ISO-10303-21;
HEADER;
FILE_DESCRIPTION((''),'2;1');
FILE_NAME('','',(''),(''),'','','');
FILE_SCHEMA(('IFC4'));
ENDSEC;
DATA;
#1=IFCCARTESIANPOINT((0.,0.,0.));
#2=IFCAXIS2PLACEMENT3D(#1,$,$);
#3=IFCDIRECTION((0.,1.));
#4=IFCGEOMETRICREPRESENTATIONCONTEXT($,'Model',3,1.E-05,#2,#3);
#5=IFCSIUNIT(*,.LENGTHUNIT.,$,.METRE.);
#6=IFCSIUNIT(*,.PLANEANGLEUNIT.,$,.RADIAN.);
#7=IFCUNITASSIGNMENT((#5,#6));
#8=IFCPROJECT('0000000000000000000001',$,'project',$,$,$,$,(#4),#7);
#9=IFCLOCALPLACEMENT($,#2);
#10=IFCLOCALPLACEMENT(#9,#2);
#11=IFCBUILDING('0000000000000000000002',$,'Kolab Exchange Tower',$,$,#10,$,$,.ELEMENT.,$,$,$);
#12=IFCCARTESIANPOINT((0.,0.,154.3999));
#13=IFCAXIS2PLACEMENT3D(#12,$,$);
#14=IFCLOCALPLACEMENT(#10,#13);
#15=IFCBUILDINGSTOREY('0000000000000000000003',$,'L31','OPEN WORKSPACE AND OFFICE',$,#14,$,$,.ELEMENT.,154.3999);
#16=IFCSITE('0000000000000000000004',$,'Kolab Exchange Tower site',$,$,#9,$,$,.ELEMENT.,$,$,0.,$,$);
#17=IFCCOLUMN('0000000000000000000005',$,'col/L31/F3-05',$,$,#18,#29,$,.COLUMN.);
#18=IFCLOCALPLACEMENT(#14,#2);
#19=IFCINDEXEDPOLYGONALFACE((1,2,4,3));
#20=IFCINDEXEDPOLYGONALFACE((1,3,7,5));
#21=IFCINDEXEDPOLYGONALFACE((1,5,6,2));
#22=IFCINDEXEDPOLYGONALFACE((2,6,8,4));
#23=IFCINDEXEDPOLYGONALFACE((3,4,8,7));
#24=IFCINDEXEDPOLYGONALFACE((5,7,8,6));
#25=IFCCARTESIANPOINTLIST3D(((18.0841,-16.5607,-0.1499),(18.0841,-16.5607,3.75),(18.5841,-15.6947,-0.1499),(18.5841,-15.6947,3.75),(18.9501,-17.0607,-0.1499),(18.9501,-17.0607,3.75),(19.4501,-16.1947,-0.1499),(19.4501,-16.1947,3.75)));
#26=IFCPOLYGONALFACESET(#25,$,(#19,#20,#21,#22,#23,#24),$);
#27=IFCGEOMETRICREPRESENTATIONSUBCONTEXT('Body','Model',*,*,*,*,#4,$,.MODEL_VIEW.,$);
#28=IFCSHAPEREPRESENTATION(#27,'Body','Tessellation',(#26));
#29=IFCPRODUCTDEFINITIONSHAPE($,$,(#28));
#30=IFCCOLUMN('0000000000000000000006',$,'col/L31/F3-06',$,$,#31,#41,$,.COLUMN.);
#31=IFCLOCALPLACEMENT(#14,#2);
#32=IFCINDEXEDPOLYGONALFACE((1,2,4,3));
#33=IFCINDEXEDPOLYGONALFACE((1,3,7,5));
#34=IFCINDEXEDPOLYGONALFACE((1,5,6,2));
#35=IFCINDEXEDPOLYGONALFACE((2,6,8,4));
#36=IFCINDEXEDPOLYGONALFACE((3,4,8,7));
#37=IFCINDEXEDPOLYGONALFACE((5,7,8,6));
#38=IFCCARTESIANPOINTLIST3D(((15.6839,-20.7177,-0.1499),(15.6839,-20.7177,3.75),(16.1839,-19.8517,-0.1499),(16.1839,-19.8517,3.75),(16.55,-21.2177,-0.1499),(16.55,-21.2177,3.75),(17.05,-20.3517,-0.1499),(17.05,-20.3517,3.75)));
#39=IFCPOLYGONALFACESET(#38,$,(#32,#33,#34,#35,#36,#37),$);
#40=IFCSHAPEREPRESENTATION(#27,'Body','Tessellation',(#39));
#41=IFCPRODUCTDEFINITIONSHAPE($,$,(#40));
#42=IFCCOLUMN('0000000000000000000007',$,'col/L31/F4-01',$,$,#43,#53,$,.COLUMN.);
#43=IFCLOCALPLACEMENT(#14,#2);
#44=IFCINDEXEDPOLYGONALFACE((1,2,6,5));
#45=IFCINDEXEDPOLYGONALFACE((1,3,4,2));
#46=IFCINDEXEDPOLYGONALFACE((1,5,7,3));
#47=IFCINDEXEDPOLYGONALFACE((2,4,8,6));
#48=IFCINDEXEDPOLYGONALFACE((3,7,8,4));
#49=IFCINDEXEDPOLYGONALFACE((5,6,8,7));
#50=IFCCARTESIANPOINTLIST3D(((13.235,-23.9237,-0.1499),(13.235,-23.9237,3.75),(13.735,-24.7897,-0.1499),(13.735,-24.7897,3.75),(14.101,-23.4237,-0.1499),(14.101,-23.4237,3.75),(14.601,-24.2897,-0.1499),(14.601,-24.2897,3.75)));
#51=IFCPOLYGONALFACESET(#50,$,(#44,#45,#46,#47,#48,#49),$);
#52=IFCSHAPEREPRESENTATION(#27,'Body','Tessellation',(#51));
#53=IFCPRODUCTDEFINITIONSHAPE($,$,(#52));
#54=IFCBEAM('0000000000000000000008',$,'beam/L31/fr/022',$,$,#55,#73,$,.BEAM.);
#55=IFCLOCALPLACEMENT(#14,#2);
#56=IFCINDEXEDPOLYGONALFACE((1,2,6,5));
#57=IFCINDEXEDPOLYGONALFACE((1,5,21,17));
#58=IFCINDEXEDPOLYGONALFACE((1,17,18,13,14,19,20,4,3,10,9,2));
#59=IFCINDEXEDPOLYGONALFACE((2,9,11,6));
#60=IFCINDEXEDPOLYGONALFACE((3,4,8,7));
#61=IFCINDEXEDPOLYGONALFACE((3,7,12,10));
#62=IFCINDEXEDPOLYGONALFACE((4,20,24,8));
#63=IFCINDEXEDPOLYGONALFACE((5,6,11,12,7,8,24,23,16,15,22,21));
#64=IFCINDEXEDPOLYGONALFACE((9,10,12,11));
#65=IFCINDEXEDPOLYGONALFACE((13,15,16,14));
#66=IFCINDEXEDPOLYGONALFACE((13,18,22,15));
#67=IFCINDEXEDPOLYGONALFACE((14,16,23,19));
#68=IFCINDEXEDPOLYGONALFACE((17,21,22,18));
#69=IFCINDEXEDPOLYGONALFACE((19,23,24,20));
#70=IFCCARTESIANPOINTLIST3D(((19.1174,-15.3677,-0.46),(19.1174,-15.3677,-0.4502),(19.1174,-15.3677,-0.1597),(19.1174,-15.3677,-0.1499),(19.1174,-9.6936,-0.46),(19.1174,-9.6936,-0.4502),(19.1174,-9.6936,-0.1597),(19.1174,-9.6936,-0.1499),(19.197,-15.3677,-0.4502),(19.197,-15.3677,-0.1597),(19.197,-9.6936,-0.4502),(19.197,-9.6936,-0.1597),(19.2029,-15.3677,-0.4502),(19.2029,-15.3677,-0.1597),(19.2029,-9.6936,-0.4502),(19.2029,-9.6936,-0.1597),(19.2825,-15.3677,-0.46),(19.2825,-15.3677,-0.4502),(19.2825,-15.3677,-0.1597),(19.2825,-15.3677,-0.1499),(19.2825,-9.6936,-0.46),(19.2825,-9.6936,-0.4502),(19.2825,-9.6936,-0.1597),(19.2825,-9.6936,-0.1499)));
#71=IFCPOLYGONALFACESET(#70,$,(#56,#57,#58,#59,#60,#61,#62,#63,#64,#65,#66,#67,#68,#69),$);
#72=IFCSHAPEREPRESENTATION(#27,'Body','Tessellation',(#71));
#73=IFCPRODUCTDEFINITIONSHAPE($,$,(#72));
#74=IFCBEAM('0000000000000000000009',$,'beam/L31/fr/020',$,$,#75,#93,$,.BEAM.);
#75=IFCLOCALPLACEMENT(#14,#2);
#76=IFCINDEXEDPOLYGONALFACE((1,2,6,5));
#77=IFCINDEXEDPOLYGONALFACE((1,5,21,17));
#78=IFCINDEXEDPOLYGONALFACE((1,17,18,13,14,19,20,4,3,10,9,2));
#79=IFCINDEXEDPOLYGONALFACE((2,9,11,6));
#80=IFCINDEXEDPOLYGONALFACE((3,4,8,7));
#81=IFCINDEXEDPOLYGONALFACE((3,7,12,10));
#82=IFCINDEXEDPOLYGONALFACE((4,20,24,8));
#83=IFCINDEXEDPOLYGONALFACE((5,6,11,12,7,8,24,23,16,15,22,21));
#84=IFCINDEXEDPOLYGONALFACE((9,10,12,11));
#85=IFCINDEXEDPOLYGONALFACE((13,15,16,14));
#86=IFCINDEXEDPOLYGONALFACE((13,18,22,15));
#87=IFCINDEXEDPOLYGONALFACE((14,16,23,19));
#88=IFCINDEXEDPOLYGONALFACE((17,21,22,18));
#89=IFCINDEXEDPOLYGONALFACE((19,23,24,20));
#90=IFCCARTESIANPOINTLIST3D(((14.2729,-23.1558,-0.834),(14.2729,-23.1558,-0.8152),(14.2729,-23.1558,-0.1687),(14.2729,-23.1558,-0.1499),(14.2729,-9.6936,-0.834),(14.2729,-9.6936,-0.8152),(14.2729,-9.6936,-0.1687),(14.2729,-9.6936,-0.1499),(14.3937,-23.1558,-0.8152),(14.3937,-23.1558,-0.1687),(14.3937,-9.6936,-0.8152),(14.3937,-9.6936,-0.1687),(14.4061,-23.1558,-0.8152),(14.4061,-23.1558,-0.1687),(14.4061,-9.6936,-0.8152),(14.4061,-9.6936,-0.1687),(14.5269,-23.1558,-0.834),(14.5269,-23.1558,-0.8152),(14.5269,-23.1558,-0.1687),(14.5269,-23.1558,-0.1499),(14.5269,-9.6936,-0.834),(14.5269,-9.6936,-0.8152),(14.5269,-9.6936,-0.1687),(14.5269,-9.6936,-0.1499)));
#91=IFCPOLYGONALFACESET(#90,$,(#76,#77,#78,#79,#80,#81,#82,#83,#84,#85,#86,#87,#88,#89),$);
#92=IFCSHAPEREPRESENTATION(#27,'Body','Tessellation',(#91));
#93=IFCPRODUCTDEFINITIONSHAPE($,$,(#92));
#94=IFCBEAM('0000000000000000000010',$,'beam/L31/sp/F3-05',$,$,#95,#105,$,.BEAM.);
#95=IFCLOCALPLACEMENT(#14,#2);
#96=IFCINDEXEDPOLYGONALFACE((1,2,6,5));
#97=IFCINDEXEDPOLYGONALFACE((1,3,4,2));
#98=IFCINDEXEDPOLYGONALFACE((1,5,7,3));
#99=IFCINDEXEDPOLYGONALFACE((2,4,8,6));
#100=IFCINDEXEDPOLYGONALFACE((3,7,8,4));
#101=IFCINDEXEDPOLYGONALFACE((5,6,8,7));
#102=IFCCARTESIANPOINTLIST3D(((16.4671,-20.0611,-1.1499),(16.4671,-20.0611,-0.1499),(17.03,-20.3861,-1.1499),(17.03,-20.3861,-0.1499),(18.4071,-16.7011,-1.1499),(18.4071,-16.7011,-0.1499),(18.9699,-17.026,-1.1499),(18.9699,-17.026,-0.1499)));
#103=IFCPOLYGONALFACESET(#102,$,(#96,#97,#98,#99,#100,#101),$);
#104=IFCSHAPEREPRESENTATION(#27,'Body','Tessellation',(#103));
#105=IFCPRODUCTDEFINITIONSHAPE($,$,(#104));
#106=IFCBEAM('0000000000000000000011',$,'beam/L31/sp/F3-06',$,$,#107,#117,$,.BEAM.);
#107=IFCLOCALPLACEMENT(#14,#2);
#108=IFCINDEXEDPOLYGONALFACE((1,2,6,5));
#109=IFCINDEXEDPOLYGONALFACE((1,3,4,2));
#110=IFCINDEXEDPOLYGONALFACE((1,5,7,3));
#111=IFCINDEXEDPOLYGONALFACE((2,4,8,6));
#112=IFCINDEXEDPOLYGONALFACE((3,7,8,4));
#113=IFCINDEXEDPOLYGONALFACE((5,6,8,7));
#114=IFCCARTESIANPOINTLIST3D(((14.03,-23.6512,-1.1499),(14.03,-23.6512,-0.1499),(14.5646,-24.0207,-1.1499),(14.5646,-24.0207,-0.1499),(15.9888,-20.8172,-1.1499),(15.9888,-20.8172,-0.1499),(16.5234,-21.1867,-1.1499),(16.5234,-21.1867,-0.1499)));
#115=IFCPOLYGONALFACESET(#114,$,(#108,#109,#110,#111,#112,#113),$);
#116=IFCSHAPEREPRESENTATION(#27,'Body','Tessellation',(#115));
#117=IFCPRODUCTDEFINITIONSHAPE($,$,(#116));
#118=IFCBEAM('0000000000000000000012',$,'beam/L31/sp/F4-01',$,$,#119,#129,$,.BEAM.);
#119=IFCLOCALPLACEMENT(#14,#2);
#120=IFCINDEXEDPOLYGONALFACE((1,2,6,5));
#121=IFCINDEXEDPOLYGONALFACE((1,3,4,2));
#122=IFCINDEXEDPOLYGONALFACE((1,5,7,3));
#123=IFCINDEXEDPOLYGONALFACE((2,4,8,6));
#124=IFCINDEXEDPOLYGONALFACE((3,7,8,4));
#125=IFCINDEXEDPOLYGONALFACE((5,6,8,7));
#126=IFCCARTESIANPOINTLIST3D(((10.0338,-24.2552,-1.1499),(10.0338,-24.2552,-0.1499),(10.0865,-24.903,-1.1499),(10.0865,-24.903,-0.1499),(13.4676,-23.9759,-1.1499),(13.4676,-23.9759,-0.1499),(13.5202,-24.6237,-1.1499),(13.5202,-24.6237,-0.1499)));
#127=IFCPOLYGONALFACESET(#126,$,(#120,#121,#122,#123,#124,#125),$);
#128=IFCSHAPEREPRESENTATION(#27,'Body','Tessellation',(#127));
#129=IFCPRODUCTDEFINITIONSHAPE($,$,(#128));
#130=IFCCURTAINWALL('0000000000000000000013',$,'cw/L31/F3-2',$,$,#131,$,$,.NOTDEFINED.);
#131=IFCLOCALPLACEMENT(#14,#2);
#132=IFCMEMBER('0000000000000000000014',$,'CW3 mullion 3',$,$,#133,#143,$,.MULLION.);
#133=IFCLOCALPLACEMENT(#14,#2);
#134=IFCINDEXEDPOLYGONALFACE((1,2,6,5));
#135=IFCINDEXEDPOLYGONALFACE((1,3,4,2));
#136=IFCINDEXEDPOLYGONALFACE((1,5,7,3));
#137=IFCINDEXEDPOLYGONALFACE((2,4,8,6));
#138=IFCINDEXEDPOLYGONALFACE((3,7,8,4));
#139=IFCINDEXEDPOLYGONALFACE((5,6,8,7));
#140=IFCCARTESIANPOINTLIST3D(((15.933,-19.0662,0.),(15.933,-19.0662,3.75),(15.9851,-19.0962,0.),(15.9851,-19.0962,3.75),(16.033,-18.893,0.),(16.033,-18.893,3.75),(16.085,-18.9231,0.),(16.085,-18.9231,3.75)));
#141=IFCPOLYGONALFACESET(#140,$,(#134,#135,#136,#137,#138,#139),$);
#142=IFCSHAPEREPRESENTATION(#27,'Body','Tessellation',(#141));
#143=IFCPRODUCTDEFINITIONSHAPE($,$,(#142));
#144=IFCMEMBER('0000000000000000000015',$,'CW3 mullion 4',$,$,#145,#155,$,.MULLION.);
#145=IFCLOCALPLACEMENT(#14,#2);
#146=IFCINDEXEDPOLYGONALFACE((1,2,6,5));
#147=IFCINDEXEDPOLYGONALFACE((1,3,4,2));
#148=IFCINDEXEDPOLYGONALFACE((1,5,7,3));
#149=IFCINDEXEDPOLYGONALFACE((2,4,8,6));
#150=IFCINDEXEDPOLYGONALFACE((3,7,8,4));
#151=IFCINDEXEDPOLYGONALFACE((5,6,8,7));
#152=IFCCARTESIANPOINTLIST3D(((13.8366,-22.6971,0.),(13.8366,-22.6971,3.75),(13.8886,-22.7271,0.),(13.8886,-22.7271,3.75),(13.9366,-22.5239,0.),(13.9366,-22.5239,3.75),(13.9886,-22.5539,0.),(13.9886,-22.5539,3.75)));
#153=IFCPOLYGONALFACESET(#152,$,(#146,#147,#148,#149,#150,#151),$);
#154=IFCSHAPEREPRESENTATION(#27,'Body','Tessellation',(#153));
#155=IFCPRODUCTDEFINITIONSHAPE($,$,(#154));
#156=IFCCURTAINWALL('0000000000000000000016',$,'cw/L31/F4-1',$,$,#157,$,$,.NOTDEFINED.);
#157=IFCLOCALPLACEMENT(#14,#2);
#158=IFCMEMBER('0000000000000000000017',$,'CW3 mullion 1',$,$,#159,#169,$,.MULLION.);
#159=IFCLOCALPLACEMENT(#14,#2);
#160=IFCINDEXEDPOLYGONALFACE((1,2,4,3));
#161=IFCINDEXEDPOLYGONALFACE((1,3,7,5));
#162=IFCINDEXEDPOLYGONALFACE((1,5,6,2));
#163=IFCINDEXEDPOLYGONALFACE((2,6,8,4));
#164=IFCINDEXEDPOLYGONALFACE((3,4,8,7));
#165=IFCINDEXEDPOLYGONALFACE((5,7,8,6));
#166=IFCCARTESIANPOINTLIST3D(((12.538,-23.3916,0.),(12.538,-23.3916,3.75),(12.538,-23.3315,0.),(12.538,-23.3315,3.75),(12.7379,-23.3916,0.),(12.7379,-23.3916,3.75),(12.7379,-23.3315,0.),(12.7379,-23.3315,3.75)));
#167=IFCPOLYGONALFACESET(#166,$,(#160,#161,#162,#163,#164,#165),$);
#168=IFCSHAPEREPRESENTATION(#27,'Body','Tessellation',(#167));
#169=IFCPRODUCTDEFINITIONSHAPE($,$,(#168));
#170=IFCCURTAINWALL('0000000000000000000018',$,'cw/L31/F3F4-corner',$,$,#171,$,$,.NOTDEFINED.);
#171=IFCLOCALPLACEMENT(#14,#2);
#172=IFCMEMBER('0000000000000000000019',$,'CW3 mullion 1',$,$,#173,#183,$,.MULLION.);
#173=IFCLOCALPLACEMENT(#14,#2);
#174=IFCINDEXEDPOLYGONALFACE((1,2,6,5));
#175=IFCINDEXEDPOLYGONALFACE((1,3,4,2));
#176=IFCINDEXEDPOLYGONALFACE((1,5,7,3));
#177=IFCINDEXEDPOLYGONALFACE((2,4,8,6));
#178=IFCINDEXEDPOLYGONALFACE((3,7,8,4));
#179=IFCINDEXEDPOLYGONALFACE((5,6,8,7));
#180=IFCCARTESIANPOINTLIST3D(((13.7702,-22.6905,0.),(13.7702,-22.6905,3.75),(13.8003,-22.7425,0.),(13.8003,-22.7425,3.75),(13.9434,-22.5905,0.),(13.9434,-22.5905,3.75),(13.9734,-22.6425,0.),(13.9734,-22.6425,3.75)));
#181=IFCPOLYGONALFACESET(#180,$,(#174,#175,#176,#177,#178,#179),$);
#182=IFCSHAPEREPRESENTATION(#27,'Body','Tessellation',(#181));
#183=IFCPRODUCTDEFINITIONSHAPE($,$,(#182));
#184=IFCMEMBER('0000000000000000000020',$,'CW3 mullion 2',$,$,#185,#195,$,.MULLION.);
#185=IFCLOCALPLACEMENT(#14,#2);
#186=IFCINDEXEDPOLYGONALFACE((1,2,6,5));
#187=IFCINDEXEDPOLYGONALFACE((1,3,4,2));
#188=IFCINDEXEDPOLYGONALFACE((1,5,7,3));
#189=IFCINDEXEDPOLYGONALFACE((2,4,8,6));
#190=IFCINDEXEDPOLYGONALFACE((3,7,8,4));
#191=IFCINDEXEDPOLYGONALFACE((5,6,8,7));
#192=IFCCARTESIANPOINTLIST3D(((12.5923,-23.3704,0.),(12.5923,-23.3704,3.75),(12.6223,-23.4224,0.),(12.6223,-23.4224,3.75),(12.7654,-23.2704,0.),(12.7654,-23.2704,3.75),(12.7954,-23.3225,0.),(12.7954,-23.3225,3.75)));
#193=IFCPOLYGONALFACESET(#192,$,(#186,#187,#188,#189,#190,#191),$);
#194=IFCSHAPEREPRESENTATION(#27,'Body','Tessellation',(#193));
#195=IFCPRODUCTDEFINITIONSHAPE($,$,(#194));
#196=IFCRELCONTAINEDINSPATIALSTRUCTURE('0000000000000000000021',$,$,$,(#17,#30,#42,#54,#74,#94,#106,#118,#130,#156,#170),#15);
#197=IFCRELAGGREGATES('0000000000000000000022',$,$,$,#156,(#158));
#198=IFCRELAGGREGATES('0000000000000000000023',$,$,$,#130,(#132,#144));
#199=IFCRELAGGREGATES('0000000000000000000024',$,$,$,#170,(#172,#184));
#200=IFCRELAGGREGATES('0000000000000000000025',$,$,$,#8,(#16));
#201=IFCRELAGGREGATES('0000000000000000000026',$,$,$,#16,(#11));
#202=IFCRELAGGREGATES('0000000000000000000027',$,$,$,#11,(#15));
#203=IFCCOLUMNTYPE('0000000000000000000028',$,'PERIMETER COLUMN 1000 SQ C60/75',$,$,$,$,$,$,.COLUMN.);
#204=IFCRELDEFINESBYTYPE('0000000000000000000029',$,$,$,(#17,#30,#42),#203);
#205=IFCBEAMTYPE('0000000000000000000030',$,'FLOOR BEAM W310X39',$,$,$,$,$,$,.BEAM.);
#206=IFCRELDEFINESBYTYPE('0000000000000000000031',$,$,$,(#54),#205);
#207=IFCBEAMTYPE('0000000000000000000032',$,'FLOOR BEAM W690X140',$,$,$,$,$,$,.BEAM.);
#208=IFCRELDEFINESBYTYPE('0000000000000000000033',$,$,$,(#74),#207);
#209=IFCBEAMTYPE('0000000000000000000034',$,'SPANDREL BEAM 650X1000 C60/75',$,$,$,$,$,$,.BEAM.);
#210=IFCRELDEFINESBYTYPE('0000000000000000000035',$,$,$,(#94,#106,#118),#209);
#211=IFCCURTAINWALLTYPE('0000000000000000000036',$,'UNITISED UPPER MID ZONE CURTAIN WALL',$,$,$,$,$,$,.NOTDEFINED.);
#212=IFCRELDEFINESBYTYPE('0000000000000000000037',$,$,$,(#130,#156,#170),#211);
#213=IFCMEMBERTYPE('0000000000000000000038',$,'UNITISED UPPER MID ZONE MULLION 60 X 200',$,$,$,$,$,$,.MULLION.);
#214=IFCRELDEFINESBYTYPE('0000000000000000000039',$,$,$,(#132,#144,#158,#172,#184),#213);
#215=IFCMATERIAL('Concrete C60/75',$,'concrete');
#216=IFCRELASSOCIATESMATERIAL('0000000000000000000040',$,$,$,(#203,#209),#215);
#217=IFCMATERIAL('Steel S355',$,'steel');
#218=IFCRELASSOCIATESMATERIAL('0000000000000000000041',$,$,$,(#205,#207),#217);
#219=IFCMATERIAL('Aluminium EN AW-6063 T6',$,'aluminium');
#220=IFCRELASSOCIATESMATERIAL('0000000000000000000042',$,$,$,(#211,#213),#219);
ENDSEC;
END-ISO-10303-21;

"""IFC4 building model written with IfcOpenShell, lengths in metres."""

from ifc_helpers import new_model, si_unit, direction, frame, origin, origin_2d, place, context, subcontext, project, spatial, rectangle, i_section, extrude, material, material_profile, profile_set, type_object, element, aggregate, save


model = new_model("IFC4")

# Units and contexts
model_context = context("Model", 3, precision=1e-05, world=origin(), true_north=direction((0.0, 1.0)))
body_context = subcontext(model_context, "Body", "Model", "MODEL_VIEW")
ifc_project = project(units=[si_unit("LENGTHUNIT", "METRE"), si_unit("PLANEANGLEUNIT", "RADIAN")], contexts=[model_context])

# Site, building, storey
site_placement = place(None, origin())
site = spatial("IfcSite", under=ifc_project, at=site_placement, Name="Kolab Exchange Tower site", CompositionType="ELEMENT", RefElevation=0.0)
building_placement = place(site_placement, origin())
building = spatial("IfcBuilding", under=site, at=building_placement, Name="Kolab Exchange Tower", CompositionType="ELEMENT")
storey_placement = place(building_placement, frame((0.0, 0.0, 154.3999)))
storey = spatial("IfcBuildingStorey", under=building, at=storey_placement, Name="L31", Description="OPEN WORKSPACE AND OFFICE", CompositionType="ELEMENT", Elevation=154.3999)

# Columns
ifc_material_1 = material(Name="Concrete C60/75", Category="concrete")
ifc_material_profile_1 = material_profile(ifc_material_1, rectangle(XDim=1.0, YDim=1.0, at=origin_2d()), Name="RC1000")
ifc_profile_set_1 = profile_set([ifc_material_profile_1], Name="Concrete C60/75")
column_type = type_object("IfcColumnType", Name="PERIMETER COLUMN 1000 SQ C60/75", PredefinedType="COLUMN", material=ifc_profile_set_1)
for number, where, z_axis, x_axis, name in (
    (1, (18.7671, -16.3777, -0.1499), (0.0, 0.0, 1.0), (0.5, 0.866025, 0.0), "col/L31/F3-05"),
    (2, (16.3669, -20.5347, -0.1499), (0.0, 0.0, 1.0), (0.5, 0.866025, 0.0), "col/L31/F3-06"),
    (3, (13.918, -24.1067, -0.1499), (0.0, 0.0, 1.0), (0.866025, 0.5, 0.0), "col/L31/F4-01"),
):
    element("IfcColumn", number, at=place(storey_placement, frame(where, z_axis=z_axis, x_axis=x_axis)), inside=storey, type_object=column_type, Name=name, PredefinedType="COLUMN", context=body_context, shape_type="SweptSolid", body=[
        extrude(rectangle(XDim=1.0, YDim=1.0, at=origin_2d()), origin(), (0.0, 0.0, 1.0), 3.8999),
    ])

# Beams
ifc_material_2 = material(Name="Steel S355", Category="steel")
ifc_material_profile_2 = material_profile(ifc_material_2, i_section(OverallWidth=0.165, OverallDepth=0.3101, WebThickness=0.0059, FlangeThickness=0.0098, at=origin_2d()), Name="W310X39")
ifc_profile_set_2 = profile_set([ifc_material_profile_2], Name="Steel S355")
beam_type_1 = type_object("IfcBeamType", Name="FLOOR BEAM W310X39", PredefinedType="BEAM", material=ifc_profile_set_2)
beam_1_placement = place(storey_placement, frame((19.2, -15.3677, -0.3049), z_axis=(0.0, 1.0, 0.0), x_axis=(-1.0, 0.0, 0.0)))
element("IfcBeam", 4, at=beam_1_placement, inside=storey, type_object=beam_type_1, Name="beam/L31/fr/022", PredefinedType="BEAM", context=body_context, shape_type="SweptSolid", body=[
    extrude(i_section(OverallWidth=0.165, OverallDepth=0.3101, WebThickness=0.0059, FlangeThickness=0.0098, at=origin_2d()), origin(), (0.0, 0.0, 1.0), 5.6741),
])
ifc_material_profile_3 = material_profile(ifc_material_2, i_section(OverallWidth=0.2539, OverallDepth=0.6841, WebThickness=0.0125, FlangeThickness=0.0188, at=origin_2d()), Name="W690X140")
ifc_profile_set_3 = profile_set([ifc_material_profile_3], Name="Steel S355")
beam_type_2 = type_object("IfcBeamType", Name="FLOOR BEAM W690X140", PredefinedType="BEAM", material=ifc_profile_set_3)
beam_2_placement = place(storey_placement, frame((14.3999, -23.1558, -0.4919), z_axis=(0.0, 1.0, 0.0), x_axis=(-1.0, 0.0, 0.0)))
element("IfcBeam", 5, at=beam_2_placement, inside=storey, type_object=beam_type_2, Name="beam/L31/fr/020", PredefinedType="BEAM", context=body_context, shape_type="SweptSolid", body=[
    extrude(i_section(OverallWidth=0.2539, OverallDepth=0.6841, WebThickness=0.0125, FlangeThickness=0.0188, at=origin_2d()), origin(), (0.0, 0.0, 1.0), 13.4622),
])
ifc_material_profile_4 = material_profile(ifc_material_1, rectangle(XDim=0.6499, YDim=1.0, at=origin_2d()), Name="RC650X1000")
ifc_profile_set_4 = profile_set([ifc_material_profile_4], Name="Concrete C60/75")
beam_type_3 = type_object("IfcBeamType", Name="SPANDREL BEAM 650X1000 C60/75", PredefinedType="BEAM", material=ifc_profile_set_4)
beam_3_placement = place(storey_placement, frame((18.6885, -16.8635, -0.6499), z_axis=(-0.499997, -0.866027, 0.0), x_axis=(0.866027, -0.499997, 0.0)))
element("IfcBeam", 6, at=beam_3_placement, inside=storey, type_object=beam_type_3, Name="beam/L31/sp/F3-05", PredefinedType="BEAM", context=body_context, shape_type="SweptSolid", body=[
    extrude(rectangle(XDim=0.6499, YDim=1.0, at=origin_2d()), origin(), (0.0, 0.0, 1.0), 3.8799),
])
for number, where, z_axis, x_axis, name in (
    (7, (16.2561, -21.002, -0.6499), (-0.568572, -0.822633, 0.0), (0.822633, -0.568572, 0.0), "beam/L31/sp/F3-06"),
    (8, (13.4939, -24.2998, -0.6499), (-0.996708, -0.081069, 0.0), (0.081069, -0.996708, 0.0), "beam/L31/sp/F4-01"),
):
    element("IfcBeam", number, at=place(storey_placement, frame(where, z_axis=z_axis, x_axis=x_axis)), inside=storey, type_object=beam_type_3, Name=name, PredefinedType="BEAM", context=body_context, shape_type="SweptSolid", body=[
        extrude(rectangle(XDim=0.6499, YDim=1.0, at=origin_2d()), origin(), (0.0, 0.0, 1.0), 3.4451),
    ])

# Curtain wall, members
ifc_material_3 = material(Name="Aluminium EN AW-6063 T6", Category="aluminium")
curtain_wall_type = type_object("IfcCurtainWallType", Name="UNITISED UPPER MID ZONE CURTAIN WALL", PredefinedType="NOTDEFINED", material=ifc_material_3)
curtain_wall_1_placement = place(storey_placement, origin())
curtain_wall_1 = element("IfcCurtainWall", 9, at=curtain_wall_1_placement, inside=storey, type_object=curtain_wall_type, Name="cw/L31/F3-2", PredefinedType="NOTDEFINED")
ifc_material_profile_5 = material_profile(ifc_material_3, rectangle(XDim=0.0601, YDim=0.2, at=origin_2d()), Name="RECT 60X200")
ifc_profile_set_5 = profile_set([ifc_material_profile_5], Name="Aluminium EN AW-6063 T6")
member_type_1 = type_object("IfcMemberType", Name="UNITISED UPPER MID ZONE MULLION 60 X 200", PredefinedType="MULLION", material=ifc_profile_set_5)
member_1_placement = place(storey_placement, frame((16.009, -18.9946, 0.0), z_axis=(0.0, 0.0, 1.0), x_axis=(0.866025, -0.5, 0.0)))
member_1 = element("IfcMember", 10, at=member_1_placement, type_object=member_type_1, Name="CW3 mullion 3", PredefinedType="MULLION", context=body_context, shape_type="SweptSolid", body=[
    extrude(rectangle(XDim=0.0601, YDim=0.2, at=origin_2d()), origin(), (0.0, 0.0, 1.0), 3.75),
])
member_2_placement = place(storey_placement, frame((13.9126, -22.6255, 0.0), z_axis=(0.0, 0.0, 1.0), x_axis=(0.866025, -0.5, 0.0)))
member_2 = element("IfcMember", 11, at=member_2_placement, type_object=member_type_1, Name="CW3 mullion 4", PredefinedType="MULLION", context=body_context, shape_type="SweptSolid", body=[
    extrude(rectangle(XDim=0.0601, YDim=0.2, at=origin_2d()), origin(), (0.0, 0.0, 1.0), 3.75),
])

# Curtain wall, member
curtain_wall_2_placement = place(storey_placement, origin())
curtain_wall_2 = element("IfcCurtainWall", 12, at=curtain_wall_2_placement, inside=storey, type_object=curtain_wall_type, Name="cw/L31/F4-1", PredefinedType="NOTDEFINED")
member_3_placement = place(storey_placement, frame((12.6379, -23.3616, 0.0), z_axis=(0.0, 0.0, 1.0), x_axis=(0.0, -1.0, 0.0)))
member_3 = element("IfcMember", 13, at=member_3_placement, type_object=member_type_1, Name="CW3 mullion 1", PredefinedType="MULLION", context=body_context, shape_type="SweptSolid", body=[
    extrude(rectangle(XDim=0.0601, YDim=0.2, at=origin_2d()), origin(), (0.0, 0.0, 1.0), 3.75),
])

# Curtain wall, members
curtain_wall_3_placement = place(storey_placement, origin())
curtain_wall_3 = element("IfcCurtainWall", 14, at=curtain_wall_3_placement, inside=storey, type_object=curtain_wall_type, Name="cw/L31/F3F4-corner", PredefinedType="NOTDEFINED")
member_4_placement = place(storey_placement, frame((13.8718, -22.6665, 0.0), z_axis=(0.0, 0.0, 1.0), x_axis=(0.5, -0.866025, 0.0)))
member_4 = element("IfcMember", 15, at=member_4_placement, type_object=member_type_1, Name="CW3 mullion 1", PredefinedType="MULLION", context=body_context, shape_type="SweptSolid", body=[
    extrude(rectangle(XDim=0.0601, YDim=0.2, at=origin_2d()), origin(), (0.0, 0.0, 1.0), 3.75),
])
member_5_placement = place(storey_placement, frame((12.6938, -23.3464, 0.0), z_axis=(0.0, 0.0, 1.0), x_axis=(0.5, -0.866025, 0.0)))
member_5 = element("IfcMember", 16, at=member_5_placement, type_object=member_type_1, Name="CW3 mullion 2", PredefinedType="MULLION", context=body_context, shape_type="SweptSolid", body=[
    extrude(rectangle(XDim=0.0601, YDim=0.2, at=origin_2d()), origin(), (0.0, 0.0, 1.0), 3.75),
])

aggregate(curtain_wall_2, [member_3])

aggregate(curtain_wall_1, [member_1, member_2])
aggregate(curtain_wall_3, [member_4, member_5])

save(model, "model.ifc")
